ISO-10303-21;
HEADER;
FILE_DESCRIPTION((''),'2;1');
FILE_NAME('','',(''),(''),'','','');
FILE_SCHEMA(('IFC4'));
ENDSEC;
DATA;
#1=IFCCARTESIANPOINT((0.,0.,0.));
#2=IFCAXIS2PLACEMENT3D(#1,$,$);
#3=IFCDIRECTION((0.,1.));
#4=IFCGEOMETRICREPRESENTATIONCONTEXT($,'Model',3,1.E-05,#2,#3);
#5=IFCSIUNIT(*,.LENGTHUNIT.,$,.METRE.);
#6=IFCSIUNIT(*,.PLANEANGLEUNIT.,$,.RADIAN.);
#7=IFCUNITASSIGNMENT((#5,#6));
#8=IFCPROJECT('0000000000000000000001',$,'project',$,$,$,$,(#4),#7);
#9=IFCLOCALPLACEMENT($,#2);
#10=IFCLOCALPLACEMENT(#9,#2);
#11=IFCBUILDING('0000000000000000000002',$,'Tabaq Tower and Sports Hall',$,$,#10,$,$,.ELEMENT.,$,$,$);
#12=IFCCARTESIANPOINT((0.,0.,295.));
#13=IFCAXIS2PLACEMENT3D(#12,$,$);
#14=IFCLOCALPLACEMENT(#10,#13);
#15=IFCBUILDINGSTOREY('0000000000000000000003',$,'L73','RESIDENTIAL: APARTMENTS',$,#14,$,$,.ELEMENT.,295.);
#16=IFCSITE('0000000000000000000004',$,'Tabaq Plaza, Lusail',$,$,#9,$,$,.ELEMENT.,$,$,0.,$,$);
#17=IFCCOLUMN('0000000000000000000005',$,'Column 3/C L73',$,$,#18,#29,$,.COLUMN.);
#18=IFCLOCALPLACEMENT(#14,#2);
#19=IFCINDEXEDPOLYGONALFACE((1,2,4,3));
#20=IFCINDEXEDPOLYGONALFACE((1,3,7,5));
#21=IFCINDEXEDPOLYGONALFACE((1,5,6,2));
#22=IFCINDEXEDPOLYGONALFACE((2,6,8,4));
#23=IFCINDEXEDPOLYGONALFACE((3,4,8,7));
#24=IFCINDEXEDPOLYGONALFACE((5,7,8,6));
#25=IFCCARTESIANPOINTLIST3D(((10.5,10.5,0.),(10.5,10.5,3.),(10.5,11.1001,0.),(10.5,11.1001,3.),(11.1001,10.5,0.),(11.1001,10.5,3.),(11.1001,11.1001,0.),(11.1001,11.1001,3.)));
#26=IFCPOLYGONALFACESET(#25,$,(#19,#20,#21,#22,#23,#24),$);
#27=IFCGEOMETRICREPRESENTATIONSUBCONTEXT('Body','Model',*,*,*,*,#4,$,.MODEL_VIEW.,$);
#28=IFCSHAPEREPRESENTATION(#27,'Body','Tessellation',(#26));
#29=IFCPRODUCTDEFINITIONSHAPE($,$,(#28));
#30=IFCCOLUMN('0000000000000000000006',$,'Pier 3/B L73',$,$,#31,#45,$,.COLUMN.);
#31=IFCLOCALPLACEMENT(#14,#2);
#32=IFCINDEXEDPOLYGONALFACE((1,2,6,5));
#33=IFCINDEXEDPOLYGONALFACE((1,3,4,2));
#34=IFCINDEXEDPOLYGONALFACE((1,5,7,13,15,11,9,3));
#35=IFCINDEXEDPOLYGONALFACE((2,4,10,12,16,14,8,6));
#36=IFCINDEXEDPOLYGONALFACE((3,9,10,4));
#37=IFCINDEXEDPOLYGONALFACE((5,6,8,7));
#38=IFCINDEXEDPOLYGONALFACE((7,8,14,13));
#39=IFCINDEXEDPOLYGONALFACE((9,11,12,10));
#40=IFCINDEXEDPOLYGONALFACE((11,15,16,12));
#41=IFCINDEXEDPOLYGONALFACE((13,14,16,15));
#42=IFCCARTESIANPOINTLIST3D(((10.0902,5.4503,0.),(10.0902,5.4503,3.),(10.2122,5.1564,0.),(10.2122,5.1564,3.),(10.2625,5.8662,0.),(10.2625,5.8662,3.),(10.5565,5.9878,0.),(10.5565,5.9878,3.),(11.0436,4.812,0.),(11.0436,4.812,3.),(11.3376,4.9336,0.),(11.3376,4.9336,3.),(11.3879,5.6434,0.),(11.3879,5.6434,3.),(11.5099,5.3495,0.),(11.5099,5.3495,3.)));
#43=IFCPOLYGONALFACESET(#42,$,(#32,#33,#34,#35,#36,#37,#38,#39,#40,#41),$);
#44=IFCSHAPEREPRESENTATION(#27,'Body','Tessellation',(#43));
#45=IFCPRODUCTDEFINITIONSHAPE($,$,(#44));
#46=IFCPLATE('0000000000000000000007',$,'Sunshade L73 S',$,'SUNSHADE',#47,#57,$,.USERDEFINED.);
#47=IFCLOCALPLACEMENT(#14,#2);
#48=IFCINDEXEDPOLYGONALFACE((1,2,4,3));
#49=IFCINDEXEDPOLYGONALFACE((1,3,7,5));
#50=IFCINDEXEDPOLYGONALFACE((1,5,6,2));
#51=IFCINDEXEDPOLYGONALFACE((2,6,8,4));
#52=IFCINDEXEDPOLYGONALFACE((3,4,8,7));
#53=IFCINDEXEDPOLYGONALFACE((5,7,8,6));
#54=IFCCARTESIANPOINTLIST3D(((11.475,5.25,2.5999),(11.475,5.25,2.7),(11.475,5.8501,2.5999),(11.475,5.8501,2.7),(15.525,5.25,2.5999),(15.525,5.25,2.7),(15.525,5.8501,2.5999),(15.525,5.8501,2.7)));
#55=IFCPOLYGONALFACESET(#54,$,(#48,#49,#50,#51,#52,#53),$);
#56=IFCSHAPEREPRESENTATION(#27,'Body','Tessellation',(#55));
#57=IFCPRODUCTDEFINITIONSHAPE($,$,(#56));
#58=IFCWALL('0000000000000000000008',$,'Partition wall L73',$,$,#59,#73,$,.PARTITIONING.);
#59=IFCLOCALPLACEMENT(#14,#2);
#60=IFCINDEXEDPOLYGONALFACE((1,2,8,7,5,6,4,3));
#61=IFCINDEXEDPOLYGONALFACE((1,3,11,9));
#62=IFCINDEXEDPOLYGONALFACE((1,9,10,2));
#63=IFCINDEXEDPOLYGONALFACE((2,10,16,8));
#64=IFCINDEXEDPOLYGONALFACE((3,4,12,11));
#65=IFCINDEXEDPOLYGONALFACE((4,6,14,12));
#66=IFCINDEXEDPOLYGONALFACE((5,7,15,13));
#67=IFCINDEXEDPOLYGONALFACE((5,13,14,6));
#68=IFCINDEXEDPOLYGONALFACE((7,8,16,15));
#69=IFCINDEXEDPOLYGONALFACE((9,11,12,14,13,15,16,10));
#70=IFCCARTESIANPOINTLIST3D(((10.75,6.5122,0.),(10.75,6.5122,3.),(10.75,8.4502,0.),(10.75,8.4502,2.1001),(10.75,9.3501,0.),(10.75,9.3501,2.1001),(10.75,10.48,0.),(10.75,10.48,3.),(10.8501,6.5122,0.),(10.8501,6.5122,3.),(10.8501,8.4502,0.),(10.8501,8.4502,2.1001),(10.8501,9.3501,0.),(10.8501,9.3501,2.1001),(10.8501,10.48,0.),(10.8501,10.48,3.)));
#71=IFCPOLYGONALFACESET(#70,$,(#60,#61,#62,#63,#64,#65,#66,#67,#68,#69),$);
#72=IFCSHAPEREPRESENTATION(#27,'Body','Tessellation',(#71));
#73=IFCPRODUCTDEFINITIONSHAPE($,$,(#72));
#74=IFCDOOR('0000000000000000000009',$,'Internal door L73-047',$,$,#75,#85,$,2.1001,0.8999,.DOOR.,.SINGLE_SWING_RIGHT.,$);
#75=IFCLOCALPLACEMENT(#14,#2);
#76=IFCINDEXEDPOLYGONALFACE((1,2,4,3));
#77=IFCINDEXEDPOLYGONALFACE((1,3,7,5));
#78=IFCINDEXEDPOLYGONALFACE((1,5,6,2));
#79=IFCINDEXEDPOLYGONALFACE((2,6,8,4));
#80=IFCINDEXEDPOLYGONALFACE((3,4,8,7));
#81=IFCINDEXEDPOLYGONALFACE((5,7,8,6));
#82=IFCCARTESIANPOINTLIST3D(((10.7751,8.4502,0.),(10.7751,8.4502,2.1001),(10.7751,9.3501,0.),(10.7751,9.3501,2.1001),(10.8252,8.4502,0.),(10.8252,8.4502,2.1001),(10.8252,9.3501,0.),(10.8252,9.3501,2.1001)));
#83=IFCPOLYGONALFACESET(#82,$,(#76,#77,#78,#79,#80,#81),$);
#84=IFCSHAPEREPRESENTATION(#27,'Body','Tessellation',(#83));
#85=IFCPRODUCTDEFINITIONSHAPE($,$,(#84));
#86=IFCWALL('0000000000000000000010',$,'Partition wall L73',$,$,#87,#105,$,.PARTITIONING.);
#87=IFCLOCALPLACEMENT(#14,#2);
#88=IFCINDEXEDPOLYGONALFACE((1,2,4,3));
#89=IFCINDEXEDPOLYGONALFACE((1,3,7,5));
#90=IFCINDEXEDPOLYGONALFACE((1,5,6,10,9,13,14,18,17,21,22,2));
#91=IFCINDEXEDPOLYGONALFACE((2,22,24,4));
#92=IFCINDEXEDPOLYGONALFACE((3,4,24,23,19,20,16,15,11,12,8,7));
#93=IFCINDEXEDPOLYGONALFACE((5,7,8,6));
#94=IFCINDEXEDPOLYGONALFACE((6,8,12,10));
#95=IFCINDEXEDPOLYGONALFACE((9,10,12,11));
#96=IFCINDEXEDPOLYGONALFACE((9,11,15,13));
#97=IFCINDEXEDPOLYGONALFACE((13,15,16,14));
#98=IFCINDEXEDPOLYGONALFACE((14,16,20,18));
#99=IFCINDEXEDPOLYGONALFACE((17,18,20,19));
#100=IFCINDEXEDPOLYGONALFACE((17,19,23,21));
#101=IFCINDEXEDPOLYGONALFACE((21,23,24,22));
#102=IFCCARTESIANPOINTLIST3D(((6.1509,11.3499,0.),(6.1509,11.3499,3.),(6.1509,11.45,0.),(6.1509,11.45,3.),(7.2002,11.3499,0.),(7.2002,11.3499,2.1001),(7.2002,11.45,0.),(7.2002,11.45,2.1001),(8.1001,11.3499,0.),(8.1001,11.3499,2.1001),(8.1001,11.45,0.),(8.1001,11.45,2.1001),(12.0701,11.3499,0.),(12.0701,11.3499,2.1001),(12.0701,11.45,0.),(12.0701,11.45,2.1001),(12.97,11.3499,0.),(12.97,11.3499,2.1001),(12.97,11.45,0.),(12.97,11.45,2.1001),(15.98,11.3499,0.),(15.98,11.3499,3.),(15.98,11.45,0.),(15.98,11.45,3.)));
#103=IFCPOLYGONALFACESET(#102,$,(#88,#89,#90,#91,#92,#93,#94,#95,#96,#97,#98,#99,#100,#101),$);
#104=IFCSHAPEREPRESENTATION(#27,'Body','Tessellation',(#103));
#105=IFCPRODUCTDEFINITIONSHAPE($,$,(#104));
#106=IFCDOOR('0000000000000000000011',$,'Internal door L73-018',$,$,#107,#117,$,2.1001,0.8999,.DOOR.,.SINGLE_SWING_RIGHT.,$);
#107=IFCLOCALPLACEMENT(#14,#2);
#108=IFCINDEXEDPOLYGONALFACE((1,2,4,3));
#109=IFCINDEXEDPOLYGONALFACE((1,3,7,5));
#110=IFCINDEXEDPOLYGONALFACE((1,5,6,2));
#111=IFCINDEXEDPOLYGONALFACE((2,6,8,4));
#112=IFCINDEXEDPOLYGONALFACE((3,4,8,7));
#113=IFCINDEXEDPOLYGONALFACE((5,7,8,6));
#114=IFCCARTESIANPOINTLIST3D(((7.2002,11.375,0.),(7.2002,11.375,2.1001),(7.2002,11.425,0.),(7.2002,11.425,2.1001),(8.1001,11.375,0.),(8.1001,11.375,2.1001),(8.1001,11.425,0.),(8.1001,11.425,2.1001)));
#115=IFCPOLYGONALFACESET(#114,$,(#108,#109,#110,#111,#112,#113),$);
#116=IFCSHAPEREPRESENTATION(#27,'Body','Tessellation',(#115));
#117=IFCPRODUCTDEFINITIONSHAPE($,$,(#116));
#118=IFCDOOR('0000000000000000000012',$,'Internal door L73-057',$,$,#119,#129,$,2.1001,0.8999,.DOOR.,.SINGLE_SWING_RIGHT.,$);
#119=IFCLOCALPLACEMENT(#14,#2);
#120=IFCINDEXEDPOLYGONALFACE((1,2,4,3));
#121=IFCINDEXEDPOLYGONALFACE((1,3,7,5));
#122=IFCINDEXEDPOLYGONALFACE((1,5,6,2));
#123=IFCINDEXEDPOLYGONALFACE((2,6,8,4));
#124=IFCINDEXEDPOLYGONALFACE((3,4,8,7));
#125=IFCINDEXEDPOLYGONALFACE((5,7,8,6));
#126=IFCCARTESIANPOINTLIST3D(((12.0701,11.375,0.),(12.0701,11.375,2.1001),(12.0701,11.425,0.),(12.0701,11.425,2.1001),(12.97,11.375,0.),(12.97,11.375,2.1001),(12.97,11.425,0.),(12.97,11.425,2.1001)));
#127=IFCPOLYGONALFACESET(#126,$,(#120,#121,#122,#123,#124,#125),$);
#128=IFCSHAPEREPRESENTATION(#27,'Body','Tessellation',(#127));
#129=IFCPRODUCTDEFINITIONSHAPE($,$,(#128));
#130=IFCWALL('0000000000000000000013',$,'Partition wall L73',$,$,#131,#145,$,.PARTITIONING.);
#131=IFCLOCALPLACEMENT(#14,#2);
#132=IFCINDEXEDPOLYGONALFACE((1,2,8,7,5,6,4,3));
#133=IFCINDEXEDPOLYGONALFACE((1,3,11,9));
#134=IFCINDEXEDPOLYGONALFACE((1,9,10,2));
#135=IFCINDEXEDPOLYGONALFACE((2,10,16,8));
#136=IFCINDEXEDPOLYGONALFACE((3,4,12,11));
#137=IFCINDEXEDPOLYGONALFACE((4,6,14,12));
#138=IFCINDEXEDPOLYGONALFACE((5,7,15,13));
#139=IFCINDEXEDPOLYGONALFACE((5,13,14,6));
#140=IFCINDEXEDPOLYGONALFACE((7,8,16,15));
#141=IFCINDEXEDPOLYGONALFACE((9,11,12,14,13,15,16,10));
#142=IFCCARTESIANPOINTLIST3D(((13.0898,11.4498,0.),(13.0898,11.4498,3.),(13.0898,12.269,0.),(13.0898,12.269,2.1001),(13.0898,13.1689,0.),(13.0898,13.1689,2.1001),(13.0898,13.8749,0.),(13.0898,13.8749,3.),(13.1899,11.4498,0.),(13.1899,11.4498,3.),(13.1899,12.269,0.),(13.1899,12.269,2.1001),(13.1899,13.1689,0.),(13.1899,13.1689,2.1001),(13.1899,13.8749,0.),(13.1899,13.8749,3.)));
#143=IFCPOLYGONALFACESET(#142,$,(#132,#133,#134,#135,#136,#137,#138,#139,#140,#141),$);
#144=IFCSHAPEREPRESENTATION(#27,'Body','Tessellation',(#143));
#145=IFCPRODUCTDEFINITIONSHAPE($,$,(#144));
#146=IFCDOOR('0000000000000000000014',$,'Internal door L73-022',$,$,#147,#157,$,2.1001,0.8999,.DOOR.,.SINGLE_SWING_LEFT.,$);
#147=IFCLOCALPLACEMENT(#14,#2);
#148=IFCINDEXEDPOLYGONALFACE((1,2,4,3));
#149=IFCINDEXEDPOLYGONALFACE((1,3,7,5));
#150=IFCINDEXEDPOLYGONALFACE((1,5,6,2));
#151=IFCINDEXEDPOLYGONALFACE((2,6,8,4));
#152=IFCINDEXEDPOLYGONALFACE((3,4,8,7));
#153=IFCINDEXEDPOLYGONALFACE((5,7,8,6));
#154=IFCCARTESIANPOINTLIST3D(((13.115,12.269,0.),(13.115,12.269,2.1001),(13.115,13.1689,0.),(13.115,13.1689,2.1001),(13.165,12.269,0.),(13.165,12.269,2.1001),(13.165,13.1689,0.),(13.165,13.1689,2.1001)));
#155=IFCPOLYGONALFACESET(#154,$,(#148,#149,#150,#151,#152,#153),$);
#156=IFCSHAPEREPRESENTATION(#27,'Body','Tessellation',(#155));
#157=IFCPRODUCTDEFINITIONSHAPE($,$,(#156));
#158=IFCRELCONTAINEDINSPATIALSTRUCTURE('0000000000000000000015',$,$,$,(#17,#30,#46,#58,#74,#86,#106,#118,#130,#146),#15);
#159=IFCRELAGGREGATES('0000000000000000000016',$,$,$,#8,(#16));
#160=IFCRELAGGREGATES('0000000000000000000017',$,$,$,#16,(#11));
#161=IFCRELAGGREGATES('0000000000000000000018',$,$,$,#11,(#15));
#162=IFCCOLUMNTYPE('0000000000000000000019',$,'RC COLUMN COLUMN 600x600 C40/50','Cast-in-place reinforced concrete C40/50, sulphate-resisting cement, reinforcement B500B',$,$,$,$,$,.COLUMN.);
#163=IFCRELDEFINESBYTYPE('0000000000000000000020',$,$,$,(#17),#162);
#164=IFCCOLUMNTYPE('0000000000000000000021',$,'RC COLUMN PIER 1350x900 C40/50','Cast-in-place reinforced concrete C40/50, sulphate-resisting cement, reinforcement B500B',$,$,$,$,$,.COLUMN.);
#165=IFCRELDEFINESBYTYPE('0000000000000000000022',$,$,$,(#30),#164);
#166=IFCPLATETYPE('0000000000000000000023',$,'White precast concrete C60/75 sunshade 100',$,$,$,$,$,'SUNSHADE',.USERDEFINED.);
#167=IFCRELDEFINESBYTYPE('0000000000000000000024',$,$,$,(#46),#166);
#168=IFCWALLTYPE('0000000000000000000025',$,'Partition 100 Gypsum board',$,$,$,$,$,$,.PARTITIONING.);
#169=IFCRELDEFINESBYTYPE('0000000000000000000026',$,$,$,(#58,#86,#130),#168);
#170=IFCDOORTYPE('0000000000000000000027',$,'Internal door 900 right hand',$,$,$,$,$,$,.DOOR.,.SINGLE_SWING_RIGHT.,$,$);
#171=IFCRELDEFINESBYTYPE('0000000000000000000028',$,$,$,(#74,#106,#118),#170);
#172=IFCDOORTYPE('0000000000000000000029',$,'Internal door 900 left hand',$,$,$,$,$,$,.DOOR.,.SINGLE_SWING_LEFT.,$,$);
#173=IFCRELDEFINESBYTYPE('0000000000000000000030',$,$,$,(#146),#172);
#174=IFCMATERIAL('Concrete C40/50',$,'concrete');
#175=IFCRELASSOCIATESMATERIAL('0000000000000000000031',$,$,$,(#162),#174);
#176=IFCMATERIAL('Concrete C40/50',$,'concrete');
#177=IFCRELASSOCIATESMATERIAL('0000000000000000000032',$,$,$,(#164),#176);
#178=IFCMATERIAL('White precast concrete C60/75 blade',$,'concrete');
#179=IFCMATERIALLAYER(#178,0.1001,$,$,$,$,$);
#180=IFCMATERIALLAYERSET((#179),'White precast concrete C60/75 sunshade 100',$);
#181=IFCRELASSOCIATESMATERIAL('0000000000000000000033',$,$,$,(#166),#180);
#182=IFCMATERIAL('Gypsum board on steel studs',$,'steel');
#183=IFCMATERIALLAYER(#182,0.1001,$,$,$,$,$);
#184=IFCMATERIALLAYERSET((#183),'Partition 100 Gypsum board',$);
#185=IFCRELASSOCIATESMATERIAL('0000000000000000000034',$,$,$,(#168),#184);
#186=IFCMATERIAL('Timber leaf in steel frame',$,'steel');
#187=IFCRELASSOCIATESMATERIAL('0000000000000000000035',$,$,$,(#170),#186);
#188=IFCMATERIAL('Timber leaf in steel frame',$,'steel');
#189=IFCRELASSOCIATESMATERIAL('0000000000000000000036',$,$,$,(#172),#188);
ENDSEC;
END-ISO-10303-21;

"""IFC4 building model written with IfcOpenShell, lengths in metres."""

from ifc_helpers import new_model, si_unit, direction, frame, frame_2d, origin, origin_2d, place, context, subcontext, project, spatial, polyline, rectangle, outline, extrude, material, layer, layer_set, material_profile, profile_set, type_object, element, fill, save


model = new_model("IFC4")

# Units and contexts
model_context = context("Model", 3, precision=1e-05, world=origin(), true_north=direction((0.0, 1.0)))
body_context = subcontext(model_context, "Body", "Model", "MODEL_VIEW")
ifc_project = project(units=[si_unit("LENGTHUNIT", "METRE"), si_unit("PLANEANGLEUNIT", "RADIAN")], contexts=[model_context])

# Site, building, storey
site_placement = place(None, origin())
site = spatial("IfcSite", under=ifc_project, at=site_placement, Name="Tabaq Plaza, Lusail", CompositionType="ELEMENT", RefElevation=0.0)
building_placement = place(site_placement, origin())
building = spatial("IfcBuilding", under=site, at=building_placement, Name="Tabaq Tower and Sports Hall", CompositionType="ELEMENT")
storey_placement = place(building_placement, frame((0.0, 0.0, 295.0)))
storey = spatial("IfcBuildingStorey", under=building, at=storey_placement, Name="L73", Description="RESIDENTIAL: APARTMENTS", CompositionType="ELEMENT", Elevation=295.0)

# Columns
ifc_material_1 = material(Name="Concrete C40/50", Category="concrete")
ifc_material_profile_1 = material_profile(ifc_material_1, rectangle(XDim=0.6001, YDim=0.6001, at=origin_2d()), Name="COLUMN 600x600")
ifc_profile_set_1 = profile_set([ifc_material_profile_1], Name="Concrete C40/50")
column_type_1 = type_object("IfcColumnType", Name="RC COLUMN COLUMN 600x600 C40/50", Description="Cast-in-place reinforced concrete C40/50, sulphate-resisting cement, reinforcement B500B", PredefinedType="COLUMN", material=ifc_profile_set_1)
column_1_placement = place(storey_placement, frame((10.8, 10.8, 0.0), z_axis=(0.0, 0.0, 1.0), x_axis=(1.0, 0.0, 0.0)))
element("IfcColumn", 1, at=column_1_placement, inside=storey, type_object=column_type_1, Name="Column 3/C L73", PredefinedType="COLUMN", context=body_context, shape_type="SweptSolid", body=[
    extrude(rectangle(XDim=0.6001, YDim=0.6001, at=origin_2d()), origin(), (0.0, 0.0, 1.0), 3.0),
])
ifc_material_2 = material(Name="Concrete C40/50", Category="concrete")
ifc_material_profile_2 = material_profile(ifc_material_2, outline(polyline([(-0.45, -0.45), (0.45, -0.45), (0.675, -0.2251), (0.675, 0.2251), (0.45, 0.45), (-0.45, 0.45), (-0.675, 0.2251), (-0.675, -0.2251), (-0.45, -0.45)])), Name="PIER 1350x900")
ifc_profile_set_2 = profile_set([ifc_material_profile_2], Name="Concrete C40/50")
column_type_2 = type_object("IfcColumnType", Name="RC COLUMN PIER 1350x900 C40/50", Description="Cast-in-place reinforced concrete C40/50, sulphate-resisting cement, reinforcement B500B", PredefinedType="COLUMN", material=ifc_profile_set_2)
column_2_placement = place(storey_placement, frame((10.8, 5.3999, 0.0), z_axis=(0.0, 0.0, 1.0), x_axis=(-0.92388, 0.382683, 0.0)))
element("IfcColumn", 2, at=column_2_placement, inside=storey, type_object=column_type_2, Name="Pier 3/B L73", PredefinedType="COLUMN", context=body_context, shape_type="SweptSolid", body=[
    extrude(outline(polyline([(-0.45, -0.45), (0.45, -0.45), (0.675, -0.2251), (0.675, 0.2251), (0.45, 0.45), (-0.45, 0.45), (-0.675, 0.2251), (-0.675, -0.2251), (-0.45, -0.45)])), origin(), (0.0, 0.0, 1.0), 3.0),
])

# Plate
ifc_material_3 = material(Name="White precast concrete C60/75 blade", Category="concrete")
ifc_layer_1 = layer(ifc_material_3, 0.1001)
ifc_layer_set_1 = layer_set([ifc_layer_1], Name="White precast concrete C60/75 sunshade 100")
plate_type = type_object("IfcPlateType", Name="White precast concrete C60/75 sunshade 100", ElementType="SUNSHADE", PredefinedType="USERDEFINED", material=ifc_layer_set_1)
plate_placement = place(storey_placement, frame((13.5, 5.55, 2.5999), z_axis=(0.0, 0.0, 1.0), x_axis=(1.0, 0.0, 0.0)))
element("IfcPlate", 3, at=plate_placement, inside=storey, type_object=plate_type, Name="Sunshade L73 S", ObjectType="SUNSHADE", PredefinedType="USERDEFINED", context=body_context, shape_type="SweptSolid", body=[
    extrude(rectangle(XDim=4.05, YDim=0.6001, at=origin_2d()), origin(), (0.0, 0.0, 1.0), 0.1001),
])

# Wall, opening, door
ifc_material_4 = material(Name="Gypsum board on steel studs", Category="steel")
ifc_layer_2 = layer(ifc_material_4, 0.1001)
ifc_layer_set_2 = layer_set([ifc_layer_2], Name="Partition 100 Gypsum board")
wall_type_1 = type_object("IfcWallType", Name="Partition 100 Gypsum board", PredefinedType="PARTITIONING", material=ifc_layer_set_2)
wall_1_placement = place(storey_placement, frame((10.8, 6.5122, 0.0), z_axis=(0.0, 0.0, 1.0), x_axis=(0.0, 1.0, 0.0)))
wall_1 = element("IfcWall", 4, at=wall_1_placement, inside=storey, type_object=wall_type_1, Name="Partition wall L73", PredefinedType="PARTITIONING", context=body_context, shape_type="SweptSolid", body=[
    extrude(rectangle(XDim=3.9678, YDim=0.1001, at=frame_2d((1.9839, 0.0))), origin(), (0.0, 0.0, 1.0), 3.0),
])
opening_1_placement = place(wall_1_placement, frame((1.938, 0.0, 0.0)))
opening_1 = element("IfcOpeningElement", 5, at=opening_1_placement, cuts=wall_1, PredefinedType="OPENING", context=body_context, shape_type="SweptSolid", body=[
    extrude(rectangle(XDim=0.8999, YDim=2.1001, at=frame_2d((0.45, 1.05))), frame((0.0, 0.05, 0.0), z_axis=(0.0, -1.0, 0.0), x_axis=(1.0, 0.0, 0.0)), (0.0, 0.0, 1.0), 0.1001),
])
ifc_material_5 = material(Name="Timber leaf in steel frame", Category="steel")
door_type_1 = type_object("IfcDoorType", Name="Internal door 900 right hand", OperationType="SINGLE_SWING_RIGHT", PredefinedType="DOOR", material=ifc_material_5)
door_1_placement = place(opening_1_placement, origin())
door_1 = element("IfcDoor", 6, at=door_1_placement, inside=storey, type_object=door_type_1, Name="Internal door L73-047", OperationType="SINGLE_SWING_RIGHT", OverallHeight=2.1001, OverallWidth=0.8999, PredefinedType="DOOR", context=body_context, shape_type="SweptSolid", body=[
    extrude(rectangle(XDim=0.8999, YDim=2.1001, at=frame_2d((0.45, 1.05))), frame((0.0, 0.0249, 0.0), z_axis=(0.0, -1.0, 0.0), x_axis=(1.0, 0.0, 0.0)), (0.0, 0.0, 1.0), 0.05),
])
fill(opening_1, door_1)

# Wall, openings, doors
wall_2_placement = place(storey_placement, frame((15.98, 11.3999, 0.0), z_axis=(0.0, 0.0, 1.0), x_axis=(-1.0, 0.0, 0.0)))
wall_2 = element("IfcWall", 7, at=wall_2_placement, inside=storey, type_object=wall_type_1, Name="Partition wall L73", PredefinedType="PARTITIONING", context=body_context, shape_type="SweptSolid", body=[
    extrude(rectangle(XDim=9.8291, YDim=0.1001, at=frame_2d((4.9146, 0.0))), origin(), (0.0, 0.0, 1.0), 3.0),
])
opening_2_placement = place(wall_2_placement, frame((7.8799, 0.0, 0.0)))
opening_2 = element("IfcOpeningElement", 8, at=opening_2_placement, cuts=wall_2, PredefinedType="OPENING", context=body_context, shape_type="SweptSolid", body=[
    extrude(rectangle(XDim=0.8999, YDim=2.1001, at=frame_2d((0.45, 1.05))), frame((0.0, 0.05, 0.0), z_axis=(0.0, -1.0, 0.0), x_axis=(1.0, 0.0, 0.0)), (0.0, 0.0, 1.0), 0.1001),
])
opening_3_placement = place(wall_2_placement, frame((3.01, 0.0, 0.0)))
opening_3 = element("IfcOpeningElement", 9, at=opening_3_placement, cuts=wall_2, PredefinedType="OPENING", context=body_context, shape_type="SweptSolid", body=[
    extrude(rectangle(XDim=0.8999, YDim=2.1001, at=frame_2d((0.45, 1.05))), frame((0.0, 0.05, 0.0), z_axis=(0.0, -1.0, 0.0), x_axis=(1.0, 0.0, 0.0)), (0.0, 0.0, 1.0), 0.1001),
])
door_2_placement = place(opening_2_placement, origin())
door_2 = element("IfcDoor", 10, at=door_2_placement, inside=storey, type_object=door_type_1, Name="Internal door L73-018", OperationType="SINGLE_SWING_RIGHT", OverallHeight=2.1001, OverallWidth=0.8999, PredefinedType="DOOR", context=body_context, shape_type="SweptSolid", body=[
    extrude(rectangle(XDim=0.8999, YDim=2.1001, at=frame_2d((0.45, 1.05))), frame((0.0, 0.0249, 0.0), z_axis=(0.0, -1.0, 0.0), x_axis=(1.0, 0.0, 0.0)), (0.0, 0.0, 1.0), 0.05),
])
fill(opening_2, door_2)
door_3_placement = place(opening_3_placement, origin())
door_3 = element("IfcDoor", 11, at=door_3_placement, inside=storey, type_object=door_type_1, Name="Internal door L73-057", OperationType="SINGLE_SWING_RIGHT", OverallHeight=2.1001, OverallWidth=0.8999, PredefinedType="DOOR", context=body_context, shape_type="SweptSolid", body=[
    extrude(rectangle(XDim=0.8999, YDim=2.1001, at=frame_2d((0.45, 1.05))), frame((0.0, 0.0249, 0.0), z_axis=(0.0, -1.0, 0.0), x_axis=(1.0, 0.0, 0.0)), (0.0, 0.0, 1.0), 0.05),
])
fill(opening_3, door_3)

# Wall, opening, door
wall_3_placement = place(storey_placement, frame((13.1399, 11.45, 0.0), z_axis=(0.0, 0.0, 1.0), x_axis=(0.0, 1.0, 0.0)))
wall_3 = element("IfcWall", 12, at=wall_3_placement, inside=storey, type_object=wall_type_1, Name="Partition wall L73", PredefinedType="PARTITIONING", context=body_context, shape_type="SweptSolid", body=[
    extrude(rectangle(XDim=2.425, YDim=0.1001, at=frame_2d((1.2124, 0.0))), origin(), (0.0, 0.0, 1.0), 3.0),
])
opening_4_placement = place(wall_3_placement, frame((0.8191, 0.0, 0.0)))
opening_4 = element("IfcOpeningElement", 13, at=opening_4_placement, cuts=wall_3, PredefinedType="OPENING", context=body_context, shape_type="SweptSolid", body=[
    extrude(rectangle(XDim=0.8999, YDim=2.1001, at=frame_2d((0.45, 1.05))), frame((0.0, 0.05, 0.0), z_axis=(0.0, -1.0, 0.0), x_axis=(1.0, 0.0, 0.0)), (0.0, 0.0, 1.0), 0.1001),
])
ifc_material_6 = material(Name="Timber leaf in steel frame", Category="steel")
door_type_2 = type_object("IfcDoorType", Name="Internal door 900 left hand", OperationType="SINGLE_SWING_LEFT", PredefinedType="DOOR", material=ifc_material_6)
door_4_placement = place(opening_4_placement, origin())
door_4 = element("IfcDoor", 14, at=door_4_placement, inside=storey, type_object=door_type_2, Name="Internal door L73-022", OperationType="SINGLE_SWING_LEFT", OverallHeight=2.1001, OverallWidth=0.8999, PredefinedType="DOOR", context=body_context, shape_type="SweptSolid", body=[
    extrude(rectangle(XDim=0.8999, YDim=2.1001, at=frame_2d((0.45, 1.05))), frame((0.0, 0.0249, 0.0), z_axis=(0.0, -1.0, 0.0), x_axis=(1.0, 0.0, 0.0)), (0.0, 0.0, 1.0), 0.05),
])
fill(opening_4, door_4)

save(model, "model.ifc")
